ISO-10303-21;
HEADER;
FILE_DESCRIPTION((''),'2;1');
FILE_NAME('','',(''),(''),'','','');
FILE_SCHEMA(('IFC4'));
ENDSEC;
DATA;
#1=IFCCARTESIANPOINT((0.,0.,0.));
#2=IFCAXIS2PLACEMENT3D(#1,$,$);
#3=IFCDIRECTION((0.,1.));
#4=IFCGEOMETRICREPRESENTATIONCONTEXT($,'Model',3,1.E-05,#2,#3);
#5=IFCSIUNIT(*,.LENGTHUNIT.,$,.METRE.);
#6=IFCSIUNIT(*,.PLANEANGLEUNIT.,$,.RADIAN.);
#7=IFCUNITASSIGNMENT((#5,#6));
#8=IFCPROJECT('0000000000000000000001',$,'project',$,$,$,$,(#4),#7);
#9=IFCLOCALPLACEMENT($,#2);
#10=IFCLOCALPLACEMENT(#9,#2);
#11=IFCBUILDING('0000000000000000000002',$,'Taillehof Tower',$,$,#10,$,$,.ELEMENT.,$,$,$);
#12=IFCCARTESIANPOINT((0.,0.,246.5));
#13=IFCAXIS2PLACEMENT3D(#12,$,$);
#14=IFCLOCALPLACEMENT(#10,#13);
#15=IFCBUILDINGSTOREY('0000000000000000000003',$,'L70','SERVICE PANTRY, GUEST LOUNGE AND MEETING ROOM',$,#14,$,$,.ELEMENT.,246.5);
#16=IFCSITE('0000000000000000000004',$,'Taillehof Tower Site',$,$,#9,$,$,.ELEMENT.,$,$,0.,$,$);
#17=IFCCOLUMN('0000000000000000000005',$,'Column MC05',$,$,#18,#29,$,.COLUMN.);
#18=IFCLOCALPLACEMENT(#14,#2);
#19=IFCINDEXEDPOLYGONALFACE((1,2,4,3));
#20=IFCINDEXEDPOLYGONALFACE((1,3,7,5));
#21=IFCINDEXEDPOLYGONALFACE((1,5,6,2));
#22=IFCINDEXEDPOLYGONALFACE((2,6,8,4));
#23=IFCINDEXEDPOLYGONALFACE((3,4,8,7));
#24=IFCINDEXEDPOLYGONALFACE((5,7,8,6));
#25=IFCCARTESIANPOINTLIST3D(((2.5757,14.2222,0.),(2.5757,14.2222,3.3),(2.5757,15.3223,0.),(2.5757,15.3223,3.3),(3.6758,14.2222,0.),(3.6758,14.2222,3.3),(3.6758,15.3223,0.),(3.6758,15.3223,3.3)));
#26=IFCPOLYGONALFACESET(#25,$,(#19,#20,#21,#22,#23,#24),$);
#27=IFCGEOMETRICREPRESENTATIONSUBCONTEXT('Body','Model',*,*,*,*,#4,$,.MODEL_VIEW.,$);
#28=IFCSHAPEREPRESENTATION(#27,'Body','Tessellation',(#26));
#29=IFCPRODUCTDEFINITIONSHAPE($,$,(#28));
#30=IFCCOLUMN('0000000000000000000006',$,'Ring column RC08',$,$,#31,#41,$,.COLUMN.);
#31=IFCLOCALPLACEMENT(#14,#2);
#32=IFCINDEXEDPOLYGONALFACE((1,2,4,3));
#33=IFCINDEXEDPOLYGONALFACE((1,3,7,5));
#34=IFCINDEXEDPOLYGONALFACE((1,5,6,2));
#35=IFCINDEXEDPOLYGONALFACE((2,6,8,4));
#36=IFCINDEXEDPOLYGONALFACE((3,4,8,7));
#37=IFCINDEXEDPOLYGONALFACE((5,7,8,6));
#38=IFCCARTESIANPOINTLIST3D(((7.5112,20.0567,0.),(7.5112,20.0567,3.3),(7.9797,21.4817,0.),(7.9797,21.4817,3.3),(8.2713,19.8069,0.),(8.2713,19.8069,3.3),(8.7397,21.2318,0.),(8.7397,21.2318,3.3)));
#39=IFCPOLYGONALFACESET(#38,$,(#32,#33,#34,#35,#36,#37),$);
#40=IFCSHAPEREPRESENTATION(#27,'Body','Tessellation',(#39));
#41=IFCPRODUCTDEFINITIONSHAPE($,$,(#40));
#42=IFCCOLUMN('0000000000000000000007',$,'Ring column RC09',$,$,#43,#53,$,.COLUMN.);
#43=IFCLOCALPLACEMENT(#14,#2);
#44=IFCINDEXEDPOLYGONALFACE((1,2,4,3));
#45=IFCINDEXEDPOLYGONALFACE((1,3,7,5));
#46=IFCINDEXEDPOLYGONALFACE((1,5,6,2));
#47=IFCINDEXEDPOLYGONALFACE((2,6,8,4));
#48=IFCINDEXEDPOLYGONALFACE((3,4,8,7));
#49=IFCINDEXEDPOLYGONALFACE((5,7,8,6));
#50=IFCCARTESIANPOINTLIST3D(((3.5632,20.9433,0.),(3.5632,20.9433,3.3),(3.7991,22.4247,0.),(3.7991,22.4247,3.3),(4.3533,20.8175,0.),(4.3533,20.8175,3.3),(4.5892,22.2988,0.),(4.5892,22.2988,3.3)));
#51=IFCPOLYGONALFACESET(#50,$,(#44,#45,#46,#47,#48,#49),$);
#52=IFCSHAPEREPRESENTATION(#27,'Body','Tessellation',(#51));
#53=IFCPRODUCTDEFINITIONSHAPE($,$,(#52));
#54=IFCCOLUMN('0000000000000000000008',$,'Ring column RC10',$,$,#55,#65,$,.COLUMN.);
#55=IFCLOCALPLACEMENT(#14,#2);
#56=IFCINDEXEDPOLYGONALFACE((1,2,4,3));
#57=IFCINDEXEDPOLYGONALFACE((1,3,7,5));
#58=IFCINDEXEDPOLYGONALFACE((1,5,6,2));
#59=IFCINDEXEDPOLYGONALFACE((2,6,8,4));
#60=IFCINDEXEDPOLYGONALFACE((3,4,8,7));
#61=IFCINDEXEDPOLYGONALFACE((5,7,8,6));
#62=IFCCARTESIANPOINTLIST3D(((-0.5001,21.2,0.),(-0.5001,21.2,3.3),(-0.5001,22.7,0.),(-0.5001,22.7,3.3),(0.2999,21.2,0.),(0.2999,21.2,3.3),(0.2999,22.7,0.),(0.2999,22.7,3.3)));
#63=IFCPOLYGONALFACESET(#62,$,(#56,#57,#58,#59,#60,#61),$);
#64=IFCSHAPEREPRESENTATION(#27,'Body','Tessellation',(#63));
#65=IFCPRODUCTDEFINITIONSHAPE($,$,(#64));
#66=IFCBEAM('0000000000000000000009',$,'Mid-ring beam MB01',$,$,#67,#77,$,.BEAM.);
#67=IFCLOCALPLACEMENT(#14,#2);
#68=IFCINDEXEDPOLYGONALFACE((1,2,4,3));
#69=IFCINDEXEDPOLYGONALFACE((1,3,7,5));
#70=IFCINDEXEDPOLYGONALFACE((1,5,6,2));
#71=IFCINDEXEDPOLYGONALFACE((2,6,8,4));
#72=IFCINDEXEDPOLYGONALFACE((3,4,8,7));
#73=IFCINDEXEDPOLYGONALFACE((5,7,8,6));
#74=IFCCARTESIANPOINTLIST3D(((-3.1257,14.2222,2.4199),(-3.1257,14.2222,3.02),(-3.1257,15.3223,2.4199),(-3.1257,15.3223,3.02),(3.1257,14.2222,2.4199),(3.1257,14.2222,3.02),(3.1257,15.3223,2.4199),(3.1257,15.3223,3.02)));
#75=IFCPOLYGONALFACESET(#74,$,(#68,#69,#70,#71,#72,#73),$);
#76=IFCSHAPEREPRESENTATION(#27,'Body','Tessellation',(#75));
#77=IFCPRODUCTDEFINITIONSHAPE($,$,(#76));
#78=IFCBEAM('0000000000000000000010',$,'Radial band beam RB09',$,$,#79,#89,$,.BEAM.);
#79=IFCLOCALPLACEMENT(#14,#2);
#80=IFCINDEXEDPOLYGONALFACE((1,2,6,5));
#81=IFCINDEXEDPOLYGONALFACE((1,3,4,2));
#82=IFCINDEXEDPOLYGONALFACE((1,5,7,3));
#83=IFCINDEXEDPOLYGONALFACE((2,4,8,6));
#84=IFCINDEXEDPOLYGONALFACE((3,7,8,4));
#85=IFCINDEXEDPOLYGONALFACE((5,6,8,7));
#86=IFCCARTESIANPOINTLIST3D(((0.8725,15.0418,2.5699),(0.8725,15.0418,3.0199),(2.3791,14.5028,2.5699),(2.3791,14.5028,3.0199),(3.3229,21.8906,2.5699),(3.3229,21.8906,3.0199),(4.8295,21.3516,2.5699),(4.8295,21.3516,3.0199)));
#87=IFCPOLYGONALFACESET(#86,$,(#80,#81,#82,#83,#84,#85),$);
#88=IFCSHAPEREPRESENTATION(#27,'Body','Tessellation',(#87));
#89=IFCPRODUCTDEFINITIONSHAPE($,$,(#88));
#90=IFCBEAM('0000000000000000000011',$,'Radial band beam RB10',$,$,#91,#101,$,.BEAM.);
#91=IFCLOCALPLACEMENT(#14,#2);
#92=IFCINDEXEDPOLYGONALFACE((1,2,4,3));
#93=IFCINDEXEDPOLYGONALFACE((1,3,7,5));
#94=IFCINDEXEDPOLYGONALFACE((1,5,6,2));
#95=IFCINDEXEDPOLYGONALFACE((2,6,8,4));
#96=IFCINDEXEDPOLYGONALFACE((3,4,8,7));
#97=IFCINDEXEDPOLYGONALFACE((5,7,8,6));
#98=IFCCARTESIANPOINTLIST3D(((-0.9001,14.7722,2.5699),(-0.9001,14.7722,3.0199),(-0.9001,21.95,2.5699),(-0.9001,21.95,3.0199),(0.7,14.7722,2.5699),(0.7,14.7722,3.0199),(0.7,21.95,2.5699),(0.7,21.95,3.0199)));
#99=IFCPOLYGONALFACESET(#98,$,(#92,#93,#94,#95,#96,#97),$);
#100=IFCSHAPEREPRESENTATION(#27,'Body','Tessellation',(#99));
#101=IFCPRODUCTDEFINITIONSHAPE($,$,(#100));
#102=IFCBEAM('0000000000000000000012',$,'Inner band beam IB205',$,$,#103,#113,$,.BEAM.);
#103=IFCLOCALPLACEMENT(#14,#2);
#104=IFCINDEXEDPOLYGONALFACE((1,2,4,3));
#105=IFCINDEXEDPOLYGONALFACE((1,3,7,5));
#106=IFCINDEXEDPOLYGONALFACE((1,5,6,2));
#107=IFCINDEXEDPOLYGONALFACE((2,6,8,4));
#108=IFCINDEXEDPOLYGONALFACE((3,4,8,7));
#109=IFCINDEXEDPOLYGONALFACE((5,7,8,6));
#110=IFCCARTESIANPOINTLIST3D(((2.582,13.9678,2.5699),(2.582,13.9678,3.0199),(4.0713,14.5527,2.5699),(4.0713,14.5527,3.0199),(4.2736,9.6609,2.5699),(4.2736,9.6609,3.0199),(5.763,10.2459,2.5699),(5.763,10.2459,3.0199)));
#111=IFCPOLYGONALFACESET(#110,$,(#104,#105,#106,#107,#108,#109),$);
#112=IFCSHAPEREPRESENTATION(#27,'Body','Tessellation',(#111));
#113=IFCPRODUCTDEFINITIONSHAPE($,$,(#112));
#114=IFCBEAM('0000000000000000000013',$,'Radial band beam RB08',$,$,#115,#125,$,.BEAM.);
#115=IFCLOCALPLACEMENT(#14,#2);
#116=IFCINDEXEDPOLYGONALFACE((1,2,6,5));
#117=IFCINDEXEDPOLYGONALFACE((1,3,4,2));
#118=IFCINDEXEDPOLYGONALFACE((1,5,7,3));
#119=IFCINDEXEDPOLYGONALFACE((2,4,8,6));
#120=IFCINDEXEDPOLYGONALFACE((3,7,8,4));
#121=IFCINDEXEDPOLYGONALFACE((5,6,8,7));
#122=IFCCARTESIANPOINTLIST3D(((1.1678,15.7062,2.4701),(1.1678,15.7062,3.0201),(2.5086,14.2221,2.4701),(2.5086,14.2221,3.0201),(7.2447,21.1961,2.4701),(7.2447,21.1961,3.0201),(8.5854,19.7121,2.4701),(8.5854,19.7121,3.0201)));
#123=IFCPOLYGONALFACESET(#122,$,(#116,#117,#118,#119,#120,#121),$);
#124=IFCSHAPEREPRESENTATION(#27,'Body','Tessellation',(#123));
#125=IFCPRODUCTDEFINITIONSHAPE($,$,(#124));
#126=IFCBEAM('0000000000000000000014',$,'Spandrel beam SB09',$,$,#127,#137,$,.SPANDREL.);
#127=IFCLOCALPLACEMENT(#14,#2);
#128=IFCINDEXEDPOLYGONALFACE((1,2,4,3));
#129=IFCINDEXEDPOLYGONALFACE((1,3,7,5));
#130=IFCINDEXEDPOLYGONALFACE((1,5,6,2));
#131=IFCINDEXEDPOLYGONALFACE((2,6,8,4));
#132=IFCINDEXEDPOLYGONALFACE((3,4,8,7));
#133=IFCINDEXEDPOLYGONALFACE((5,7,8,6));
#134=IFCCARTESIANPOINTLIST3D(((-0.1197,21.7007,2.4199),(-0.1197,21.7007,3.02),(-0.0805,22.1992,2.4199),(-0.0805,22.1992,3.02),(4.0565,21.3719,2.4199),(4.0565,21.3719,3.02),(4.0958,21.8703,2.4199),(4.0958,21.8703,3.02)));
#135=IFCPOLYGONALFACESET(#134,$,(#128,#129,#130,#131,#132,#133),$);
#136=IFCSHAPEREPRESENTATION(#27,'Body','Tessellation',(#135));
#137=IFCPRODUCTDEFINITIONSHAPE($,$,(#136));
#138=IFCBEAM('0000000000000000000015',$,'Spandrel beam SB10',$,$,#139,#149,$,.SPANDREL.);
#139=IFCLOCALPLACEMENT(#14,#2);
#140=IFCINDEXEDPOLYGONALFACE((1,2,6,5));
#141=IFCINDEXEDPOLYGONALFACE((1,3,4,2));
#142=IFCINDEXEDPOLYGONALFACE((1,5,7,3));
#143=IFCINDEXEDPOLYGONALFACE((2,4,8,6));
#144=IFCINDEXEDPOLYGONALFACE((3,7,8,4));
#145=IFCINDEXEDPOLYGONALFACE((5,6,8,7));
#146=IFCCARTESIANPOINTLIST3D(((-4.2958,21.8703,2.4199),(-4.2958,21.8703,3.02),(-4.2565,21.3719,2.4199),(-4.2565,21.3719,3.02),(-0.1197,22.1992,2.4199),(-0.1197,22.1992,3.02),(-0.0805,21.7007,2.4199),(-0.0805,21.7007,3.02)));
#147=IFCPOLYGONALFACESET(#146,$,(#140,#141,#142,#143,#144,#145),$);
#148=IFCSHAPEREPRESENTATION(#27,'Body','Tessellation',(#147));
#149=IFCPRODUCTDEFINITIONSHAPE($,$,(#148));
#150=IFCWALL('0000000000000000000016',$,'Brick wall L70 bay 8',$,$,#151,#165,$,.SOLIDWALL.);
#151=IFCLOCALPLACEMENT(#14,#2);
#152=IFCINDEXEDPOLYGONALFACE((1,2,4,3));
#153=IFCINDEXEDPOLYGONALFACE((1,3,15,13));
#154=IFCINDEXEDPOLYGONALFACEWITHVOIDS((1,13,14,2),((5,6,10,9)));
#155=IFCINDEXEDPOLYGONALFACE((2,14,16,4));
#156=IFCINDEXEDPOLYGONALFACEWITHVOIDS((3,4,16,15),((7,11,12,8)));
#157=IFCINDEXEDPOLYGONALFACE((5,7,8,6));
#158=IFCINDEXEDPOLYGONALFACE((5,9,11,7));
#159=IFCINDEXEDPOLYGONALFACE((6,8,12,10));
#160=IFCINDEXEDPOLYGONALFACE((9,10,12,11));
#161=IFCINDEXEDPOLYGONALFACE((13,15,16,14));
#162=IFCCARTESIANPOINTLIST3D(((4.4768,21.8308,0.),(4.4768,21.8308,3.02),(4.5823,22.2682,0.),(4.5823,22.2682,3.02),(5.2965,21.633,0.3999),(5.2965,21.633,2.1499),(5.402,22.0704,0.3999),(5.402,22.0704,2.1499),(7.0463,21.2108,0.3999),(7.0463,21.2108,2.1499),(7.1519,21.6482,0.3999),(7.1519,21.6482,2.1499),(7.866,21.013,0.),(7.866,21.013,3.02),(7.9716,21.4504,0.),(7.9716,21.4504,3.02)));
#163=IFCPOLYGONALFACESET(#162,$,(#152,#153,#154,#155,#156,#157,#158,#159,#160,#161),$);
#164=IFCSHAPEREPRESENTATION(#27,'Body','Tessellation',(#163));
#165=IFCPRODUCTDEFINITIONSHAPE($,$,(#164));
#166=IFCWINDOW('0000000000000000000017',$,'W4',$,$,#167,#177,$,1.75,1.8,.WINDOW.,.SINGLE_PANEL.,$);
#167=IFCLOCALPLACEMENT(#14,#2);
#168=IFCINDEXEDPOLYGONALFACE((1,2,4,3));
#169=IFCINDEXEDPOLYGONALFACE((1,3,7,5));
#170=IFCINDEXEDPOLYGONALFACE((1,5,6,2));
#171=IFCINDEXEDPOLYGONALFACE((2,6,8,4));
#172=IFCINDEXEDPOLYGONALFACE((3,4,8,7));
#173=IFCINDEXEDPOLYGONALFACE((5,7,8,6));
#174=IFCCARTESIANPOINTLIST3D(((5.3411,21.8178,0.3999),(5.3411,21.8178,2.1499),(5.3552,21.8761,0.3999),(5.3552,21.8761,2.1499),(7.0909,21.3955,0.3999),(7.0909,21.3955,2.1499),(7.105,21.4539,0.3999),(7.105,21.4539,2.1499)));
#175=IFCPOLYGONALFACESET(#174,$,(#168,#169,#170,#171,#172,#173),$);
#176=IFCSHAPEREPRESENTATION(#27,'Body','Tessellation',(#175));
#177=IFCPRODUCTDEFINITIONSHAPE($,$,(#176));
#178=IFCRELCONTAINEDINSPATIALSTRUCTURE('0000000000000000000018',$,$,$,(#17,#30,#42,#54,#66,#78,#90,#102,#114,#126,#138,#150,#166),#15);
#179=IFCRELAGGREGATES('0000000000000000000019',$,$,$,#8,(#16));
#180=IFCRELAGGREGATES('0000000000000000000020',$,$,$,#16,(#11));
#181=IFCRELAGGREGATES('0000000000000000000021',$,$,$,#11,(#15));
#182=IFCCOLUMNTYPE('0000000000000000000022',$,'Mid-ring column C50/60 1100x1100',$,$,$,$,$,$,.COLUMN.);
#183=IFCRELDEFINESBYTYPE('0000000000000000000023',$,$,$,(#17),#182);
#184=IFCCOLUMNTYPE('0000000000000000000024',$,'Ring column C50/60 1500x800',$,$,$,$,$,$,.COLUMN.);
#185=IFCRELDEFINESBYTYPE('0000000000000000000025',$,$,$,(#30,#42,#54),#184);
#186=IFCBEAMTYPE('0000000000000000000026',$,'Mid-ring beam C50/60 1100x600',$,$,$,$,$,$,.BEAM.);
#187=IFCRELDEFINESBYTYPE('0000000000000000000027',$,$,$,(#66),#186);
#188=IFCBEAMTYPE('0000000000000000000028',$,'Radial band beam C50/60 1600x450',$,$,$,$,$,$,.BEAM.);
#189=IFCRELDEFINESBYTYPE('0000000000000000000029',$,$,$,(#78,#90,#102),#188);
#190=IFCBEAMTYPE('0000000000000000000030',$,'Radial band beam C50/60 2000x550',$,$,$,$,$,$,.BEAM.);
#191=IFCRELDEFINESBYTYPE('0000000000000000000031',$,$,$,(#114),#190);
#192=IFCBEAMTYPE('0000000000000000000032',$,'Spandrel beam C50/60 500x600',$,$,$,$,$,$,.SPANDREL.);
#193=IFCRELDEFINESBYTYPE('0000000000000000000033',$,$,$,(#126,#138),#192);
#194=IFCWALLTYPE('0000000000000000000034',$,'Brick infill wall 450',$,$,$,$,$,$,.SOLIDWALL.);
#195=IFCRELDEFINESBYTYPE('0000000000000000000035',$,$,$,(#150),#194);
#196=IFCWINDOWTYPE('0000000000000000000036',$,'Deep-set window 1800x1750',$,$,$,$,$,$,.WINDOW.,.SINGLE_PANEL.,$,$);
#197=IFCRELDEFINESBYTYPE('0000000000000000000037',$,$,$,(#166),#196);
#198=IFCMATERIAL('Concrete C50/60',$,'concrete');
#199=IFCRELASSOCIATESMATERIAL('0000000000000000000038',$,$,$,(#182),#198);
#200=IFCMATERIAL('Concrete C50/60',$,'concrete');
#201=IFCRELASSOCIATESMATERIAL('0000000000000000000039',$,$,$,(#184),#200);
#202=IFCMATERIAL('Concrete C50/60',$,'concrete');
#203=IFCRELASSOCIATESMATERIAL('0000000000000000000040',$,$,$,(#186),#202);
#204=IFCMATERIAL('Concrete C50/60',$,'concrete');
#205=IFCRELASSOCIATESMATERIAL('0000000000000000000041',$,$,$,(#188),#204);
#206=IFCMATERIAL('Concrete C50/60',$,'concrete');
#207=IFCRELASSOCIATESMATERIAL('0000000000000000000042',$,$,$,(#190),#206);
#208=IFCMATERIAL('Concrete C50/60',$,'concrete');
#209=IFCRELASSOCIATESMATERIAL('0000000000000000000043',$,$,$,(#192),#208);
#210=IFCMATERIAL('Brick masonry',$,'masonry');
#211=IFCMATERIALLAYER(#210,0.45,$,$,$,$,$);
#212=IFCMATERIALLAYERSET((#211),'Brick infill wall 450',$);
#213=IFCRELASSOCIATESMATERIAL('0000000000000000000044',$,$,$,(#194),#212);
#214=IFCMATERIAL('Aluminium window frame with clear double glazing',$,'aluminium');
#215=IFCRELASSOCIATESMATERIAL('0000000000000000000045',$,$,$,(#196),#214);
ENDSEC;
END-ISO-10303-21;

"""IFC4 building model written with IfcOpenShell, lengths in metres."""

from ifc_helpers import new_model, si_unit, direction, frame, frame_2d, origin, origin_2d, place, context, subcontext, project, spatial, rectangle, extrude, material, layer, layer_set, material_profile, profile_set, type_object, element, fill, save


model = new_model("IFC4")

# Units and contexts
model_context = context("Model", 3, precision=1e-05, world=origin(), true_north=direction((0.0, 1.0)))
body_context = subcontext(model_context, "Body", "Model", "MODEL_VIEW")
ifc_project = project(units=[si_unit("LENGTHUNIT", "METRE"), si_unit("PLANEANGLEUNIT", "RADIAN")], contexts=[model_context])

# Site, building, storey
site_placement = place(None, origin())
site = spatial("IfcSite", under=ifc_project, at=site_placement, Name="Taillehof Tower Site", CompositionType="ELEMENT", RefElevation=0.0)
building_placement = place(site_placement, origin())
building = spatial("IfcBuilding", under=site, at=building_placement, Name="Taillehof Tower", CompositionType="ELEMENT")
storey_placement = place(building_placement, frame((0.0, 0.0, 246.5)))
storey = spatial("IfcBuildingStorey", under=building, at=storey_placement, Name="L70", Description="SERVICE PANTRY, GUEST LOUNGE AND MEETING ROOM", CompositionType="ELEMENT", Elevation=246.5)

# Columns
ifc_material_1 = material(Name="Concrete C50/60", Category="concrete")
ifc_material_profile_1 = material_profile(ifc_material_1, rectangle(XDim=1.1001, YDim=1.1001, at=origin_2d()), Name="RC 1100x1100")
ifc_profile_set_1 = profile_set([ifc_material_profile_1], Name="Concrete C50/60")
column_type_1 = type_object("IfcColumnType", Name="Mid-ring column C50/60 1100x1100", PredefinedType="COLUMN", material=ifc_profile_set_1)
column_placement = place(storey_placement, frame((3.1257, 14.7722, 0.0), z_axis=(0.0, 0.0, 1.0), x_axis=(1.0, 0.0, 0.0)))
element("IfcColumn", 1, at=column_placement, inside=storey, type_object=column_type_1, Name="Column MC05", PredefinedType="COLUMN", context=body_context, shape_type="SweptSolid", body=[
    extrude(rectangle(XDim=1.1001, YDim=1.1001, at=origin_2d()), origin(), (0.0, 0.0, 1.0), 3.3),
])
ifc_material_2 = material(Name="Concrete C50/60", Category="concrete")
ifc_material_profile_2 = material_profile(ifc_material_2, rectangle(XDim=1.5, YDim=0.8, at=origin_2d()), Name="RC 1500x800")
ifc_profile_set_2 = profile_set([ifc_material_profile_2], Name="Concrete C50/60")
column_type_2 = type_object("IfcColumnType", Name="Ring column C50/60 1500x800", PredefinedType="COLUMN", material=ifc_profile_set_2)
for number, where, z_axis, x_axis, name in (
    (2, (8.1255, 20.6443, 0.0), (0.0, 0.0, 1.0), (0.312304, 0.949982, 0.0), "Ring column RC08"),
    (3, (4.0762, 21.6211, 0.0), (0.0, 0.0, 1.0), (0.157281, 0.987554, 0.0), "Ring column RC09"),
    (4, (-0.1001, 21.95, 0.0), (0.0, 0.0, 1.0), (0.0, 1.0, 0.0), "Ring column RC10"),
):
    element("IfcColumn", number, at=place(storey_placement, frame(where, z_axis=z_axis, x_axis=x_axis)), inside=storey, type_object=column_type_2, Name=name, PredefinedType="COLUMN", context=body_context, shape_type="SweptSolid", body=[
        extrude(rectangle(XDim=1.5, YDim=0.8, at=origin_2d()), origin(), (0.0, 0.0, 1.0), 3.3),
    ])

# Beams
ifc_material_3 = material(Name="Concrete C50/60", Category="concrete")
ifc_material_profile_3 = material_profile(ifc_material_3, rectangle(XDim=1.1001, YDim=0.6001, at=origin_2d()), Name="RC 1100x600")
ifc_profile_set_3 = profile_set([ifc_material_profile_3], Name="Concrete C50/60")
beam_type_1 = type_object("IfcBeamType", Name="Mid-ring beam C50/60 1100x600", PredefinedType="BEAM", material=ifc_profile_set_3)
beam_1_placement = place(storey_placement, frame((3.1257, 14.7722, 2.72), z_axis=(-1.0, 0.0, 0.0), x_axis=(0.0, -1.0, 0.0)))
element("IfcBeam", 5, at=beam_1_placement, inside=storey, type_object=beam_type_1, Name="Mid-ring beam MB01", PredefinedType="BEAM", context=body_context, shape_type="SweptSolid", body=[
    extrude(rectangle(XDim=1.1001, YDim=0.6001, at=origin_2d()), origin(), (0.0, 0.0, 1.0), 6.2515),
])
ifc_material_4 = material(Name="Concrete C50/60", Category="concrete")
ifc_material_profile_4 = material_profile(ifc_material_4, rectangle(XDim=1.6001, YDim=0.45, at=origin_2d()), Name="RC 1600x450")
ifc_profile_set_4 = profile_set([ifc_material_profile_4], Name="Concrete C50/60")
beam_type_2 = type_object("IfcBeamType", Name="Radial band beam C50/60 1600x450", PredefinedType="BEAM", material=ifc_profile_set_4)
beam_2_placement = place(storey_placement, frame((4.0762, 21.6211, 2.7949), z_axis=(-0.336874, -0.94155, 0.0), x_axis=(0.94155, -0.336874, 0.0)))
element("IfcBeam", 6, at=beam_2_placement, inside=storey, type_object=beam_type_2, Name="Radial band beam RB09", PredefinedType="BEAM", context=body_context, shape_type="SweptSolid", body=[
    extrude(rectangle(XDim=1.6001, YDim=0.45, at=origin_2d()), origin(), (0.0, 0.0, 1.0), 7.2739),
])
beam_3_placement = place(storey_placement, frame((-0.1001, 21.95, 2.7949), z_axis=(0.0, -1.0, 0.0), x_axis=(1.0, 0.0, 0.0)))
element("IfcBeam", 7, at=beam_3_placement, inside=storey, type_object=beam_type_2, Name="Radial band beam RB10", PredefinedType="BEAM", context=body_context, shape_type="SweptSolid", body=[
    extrude(rectangle(XDim=1.6001, YDim=0.45, at=origin_2d()), origin(), (0.0, 0.0, 1.0), 7.1777),
])
beam_4_placement = place(storey_placement, frame((3.3267, 14.2603, 2.7949), z_axis=(0.365589, -0.930777, 0.0), x_axis=(0.930777, 0.365589, 0.0)))
element("IfcBeam", 8, at=beam_4_placement, inside=storey, type_object=beam_type_2, Name="Inner band beam IB205", PredefinedType="BEAM", context=body_context, shape_type="SweptSolid", body=[
    extrude(rectangle(XDim=1.6001, YDim=0.45, at=origin_2d()), origin(), (0.0, 0.0, 1.0), 4.6272),
])
ifc_material_5 = material(Name="Concrete C50/60", Category="concrete")
ifc_material_profile_5 = material_profile(ifc_material_5, rectangle(XDim=2.0, YDim=0.55, at=origin_2d()), Name="RC 2000x550")
ifc_profile_set_5 = profile_set([ifc_material_profile_5], Name="Concrete C50/60")
beam_type_3 = type_object("IfcBeamType", Name="Radial band beam C50/60 2000x550", PredefinedType="BEAM", material=ifc_profile_set_5)
beam_5_placement = place(storey_placement, frame((7.915, 20.4541, 2.7451), z_axis=(-0.742031, -0.670365, 0.0), x_axis=(0.670365, -0.742031, 0.0)))
element("IfcBeam", 9, at=beam_5_placement, inside=storey, type_object=beam_type_3, Name="Radial band beam RB08", PredefinedType="BEAM", context=body_context, shape_type="SweptSolid", body=[
    extrude(rectangle(XDim=2.0, YDim=0.55, at=origin_2d()), origin(), (0.0, 0.0, 1.0), 8.1895),
])
ifc_material_6 = material(Name="Concrete C50/60", Category="concrete")
ifc_material_profile_6 = material_profile(ifc_material_6, rectangle(XDim=0.5, YDim=0.6001, at=origin_2d()), Name="RC 500x600")
ifc_profile_set_6 = profile_set([ifc_material_profile_6], Name="Concrete C50/60")
beam_type_4 = type_object("IfcBeamType", Name="Spandrel beam C50/60 500x600", PredefinedType="SPANDREL", material=ifc_profile_set_6)
beam_6_placement = place(storey_placement, frame((4.0762, 21.6211, 2.72), z_axis=(-0.996914, 0.078501, 0.0), x_axis=(-0.078501, -0.996914, 0.0)))
element("IfcBeam", 10, at=beam_6_placement, inside=storey, type_object=beam_type_4, Name="Spandrel beam SB09", PredefinedType="SPANDREL", context=body_context, shape_type="SweptSolid", body=[
    extrude(rectangle(XDim=0.5, YDim=0.6001, at=origin_2d()), origin(), (0.0, 0.0, 1.0), 4.1892),
])
beam_7_placement = place(storey_placement, frame((-0.1001, 21.95, 2.72), z_axis=(-0.996914, -0.078506, 0.0), x_axis=(0.078506, -0.996914, 0.0)))
element("IfcBeam", 11, at=beam_7_placement, inside=storey, type_object=beam_type_4, Name="Spandrel beam SB10", PredefinedType="SPANDREL", context=body_context, shape_type="SweptSolid", body=[
    extrude(rectangle(XDim=0.5, YDim=0.6001, at=origin_2d()), origin(), (0.0, 0.0, 1.0), 4.189),
])

# Wall, opening, window
ifc_material_7 = material(Name="Brick masonry", Category="masonry")
ifc_layer_1 = layer(ifc_material_7, 0.45)
ifc_layer_set_1 = layer_set([ifc_layer_1], Name="Brick infill wall 450")
wall_type_1 = type_object("IfcWallType", Name="Brick infill wall 450", PredefinedType="SOLIDWALL", material=ifc_layer_set_1)
wall_1_placement = place(storey_placement, frame((7.9187, 21.2317, 0.0), z_axis=(0.0, 0.0, 1.0), x_axis=(-0.972099, 0.23457, 0.0)))
wall_1 = element("IfcWall", 12, at=wall_1_placement, inside=storey, type_object=wall_type_1, Name="Brick wall L70 bay 8", PredefinedType="SOLIDWALL", context=body_context, shape_type="SweptSolid", body=[
    extrude(rectangle(XDim=3.4866, YDim=0.45, at=frame_2d((1.7432, 0.0))), origin(), (0.0, 0.0, 1.0), 3.02),
])
opening_1_placement = place(wall_1_placement, frame((0.8433, 0.0, 0.3999)))
opening_1 = element("IfcOpeningElement", 13, at=opening_1_placement, cuts=wall_1, PredefinedType="OPENING", context=body_context, shape_type="SweptSolid", body=[
    extrude(rectangle(XDim=1.8, YDim=1.75, at=frame_2d((0.8999, 0.875))), frame((0.0, 0.2349, 0.0), z_axis=(0.0, -1.0, 0.0), x_axis=(1.0, 0.0, 0.0)), (0.0, 0.0, 1.0), 0.47),
])
ifc_material_8 = material(Name="Aluminium window frame with clear double glazing", Category="aluminium")
window_type = type_object("IfcWindowType", Name="Deep-set window 1800x1750", PartitioningType="SINGLE_PANEL", PredefinedType="WINDOW", material=ifc_material_8)
window_1_placement = place(opening_1_placement, origin())
window_1 = element("IfcWindow", 14, at=window_1_placement, inside=storey, type_object=window_type, Name="W4", OverallHeight=1.75, OverallWidth=1.8, PartitioningType="SINGLE_PANEL", PredefinedType="WINDOW", context=body_context, shape_type="SweptSolid", body=[
    extrude(rectangle(XDim=1.8, YDim=1.75, at=frame_2d((0.8999, 0.875))), frame((0.0, 0.0349, 0.0), z_axis=(0.0, -1.0, 0.0), x_axis=(1.0, 0.0, 0.0)), (0.0, 0.0, 1.0), 0.0601),
])
fill(opening_1, window_1)

save(model, "model.ifc")
